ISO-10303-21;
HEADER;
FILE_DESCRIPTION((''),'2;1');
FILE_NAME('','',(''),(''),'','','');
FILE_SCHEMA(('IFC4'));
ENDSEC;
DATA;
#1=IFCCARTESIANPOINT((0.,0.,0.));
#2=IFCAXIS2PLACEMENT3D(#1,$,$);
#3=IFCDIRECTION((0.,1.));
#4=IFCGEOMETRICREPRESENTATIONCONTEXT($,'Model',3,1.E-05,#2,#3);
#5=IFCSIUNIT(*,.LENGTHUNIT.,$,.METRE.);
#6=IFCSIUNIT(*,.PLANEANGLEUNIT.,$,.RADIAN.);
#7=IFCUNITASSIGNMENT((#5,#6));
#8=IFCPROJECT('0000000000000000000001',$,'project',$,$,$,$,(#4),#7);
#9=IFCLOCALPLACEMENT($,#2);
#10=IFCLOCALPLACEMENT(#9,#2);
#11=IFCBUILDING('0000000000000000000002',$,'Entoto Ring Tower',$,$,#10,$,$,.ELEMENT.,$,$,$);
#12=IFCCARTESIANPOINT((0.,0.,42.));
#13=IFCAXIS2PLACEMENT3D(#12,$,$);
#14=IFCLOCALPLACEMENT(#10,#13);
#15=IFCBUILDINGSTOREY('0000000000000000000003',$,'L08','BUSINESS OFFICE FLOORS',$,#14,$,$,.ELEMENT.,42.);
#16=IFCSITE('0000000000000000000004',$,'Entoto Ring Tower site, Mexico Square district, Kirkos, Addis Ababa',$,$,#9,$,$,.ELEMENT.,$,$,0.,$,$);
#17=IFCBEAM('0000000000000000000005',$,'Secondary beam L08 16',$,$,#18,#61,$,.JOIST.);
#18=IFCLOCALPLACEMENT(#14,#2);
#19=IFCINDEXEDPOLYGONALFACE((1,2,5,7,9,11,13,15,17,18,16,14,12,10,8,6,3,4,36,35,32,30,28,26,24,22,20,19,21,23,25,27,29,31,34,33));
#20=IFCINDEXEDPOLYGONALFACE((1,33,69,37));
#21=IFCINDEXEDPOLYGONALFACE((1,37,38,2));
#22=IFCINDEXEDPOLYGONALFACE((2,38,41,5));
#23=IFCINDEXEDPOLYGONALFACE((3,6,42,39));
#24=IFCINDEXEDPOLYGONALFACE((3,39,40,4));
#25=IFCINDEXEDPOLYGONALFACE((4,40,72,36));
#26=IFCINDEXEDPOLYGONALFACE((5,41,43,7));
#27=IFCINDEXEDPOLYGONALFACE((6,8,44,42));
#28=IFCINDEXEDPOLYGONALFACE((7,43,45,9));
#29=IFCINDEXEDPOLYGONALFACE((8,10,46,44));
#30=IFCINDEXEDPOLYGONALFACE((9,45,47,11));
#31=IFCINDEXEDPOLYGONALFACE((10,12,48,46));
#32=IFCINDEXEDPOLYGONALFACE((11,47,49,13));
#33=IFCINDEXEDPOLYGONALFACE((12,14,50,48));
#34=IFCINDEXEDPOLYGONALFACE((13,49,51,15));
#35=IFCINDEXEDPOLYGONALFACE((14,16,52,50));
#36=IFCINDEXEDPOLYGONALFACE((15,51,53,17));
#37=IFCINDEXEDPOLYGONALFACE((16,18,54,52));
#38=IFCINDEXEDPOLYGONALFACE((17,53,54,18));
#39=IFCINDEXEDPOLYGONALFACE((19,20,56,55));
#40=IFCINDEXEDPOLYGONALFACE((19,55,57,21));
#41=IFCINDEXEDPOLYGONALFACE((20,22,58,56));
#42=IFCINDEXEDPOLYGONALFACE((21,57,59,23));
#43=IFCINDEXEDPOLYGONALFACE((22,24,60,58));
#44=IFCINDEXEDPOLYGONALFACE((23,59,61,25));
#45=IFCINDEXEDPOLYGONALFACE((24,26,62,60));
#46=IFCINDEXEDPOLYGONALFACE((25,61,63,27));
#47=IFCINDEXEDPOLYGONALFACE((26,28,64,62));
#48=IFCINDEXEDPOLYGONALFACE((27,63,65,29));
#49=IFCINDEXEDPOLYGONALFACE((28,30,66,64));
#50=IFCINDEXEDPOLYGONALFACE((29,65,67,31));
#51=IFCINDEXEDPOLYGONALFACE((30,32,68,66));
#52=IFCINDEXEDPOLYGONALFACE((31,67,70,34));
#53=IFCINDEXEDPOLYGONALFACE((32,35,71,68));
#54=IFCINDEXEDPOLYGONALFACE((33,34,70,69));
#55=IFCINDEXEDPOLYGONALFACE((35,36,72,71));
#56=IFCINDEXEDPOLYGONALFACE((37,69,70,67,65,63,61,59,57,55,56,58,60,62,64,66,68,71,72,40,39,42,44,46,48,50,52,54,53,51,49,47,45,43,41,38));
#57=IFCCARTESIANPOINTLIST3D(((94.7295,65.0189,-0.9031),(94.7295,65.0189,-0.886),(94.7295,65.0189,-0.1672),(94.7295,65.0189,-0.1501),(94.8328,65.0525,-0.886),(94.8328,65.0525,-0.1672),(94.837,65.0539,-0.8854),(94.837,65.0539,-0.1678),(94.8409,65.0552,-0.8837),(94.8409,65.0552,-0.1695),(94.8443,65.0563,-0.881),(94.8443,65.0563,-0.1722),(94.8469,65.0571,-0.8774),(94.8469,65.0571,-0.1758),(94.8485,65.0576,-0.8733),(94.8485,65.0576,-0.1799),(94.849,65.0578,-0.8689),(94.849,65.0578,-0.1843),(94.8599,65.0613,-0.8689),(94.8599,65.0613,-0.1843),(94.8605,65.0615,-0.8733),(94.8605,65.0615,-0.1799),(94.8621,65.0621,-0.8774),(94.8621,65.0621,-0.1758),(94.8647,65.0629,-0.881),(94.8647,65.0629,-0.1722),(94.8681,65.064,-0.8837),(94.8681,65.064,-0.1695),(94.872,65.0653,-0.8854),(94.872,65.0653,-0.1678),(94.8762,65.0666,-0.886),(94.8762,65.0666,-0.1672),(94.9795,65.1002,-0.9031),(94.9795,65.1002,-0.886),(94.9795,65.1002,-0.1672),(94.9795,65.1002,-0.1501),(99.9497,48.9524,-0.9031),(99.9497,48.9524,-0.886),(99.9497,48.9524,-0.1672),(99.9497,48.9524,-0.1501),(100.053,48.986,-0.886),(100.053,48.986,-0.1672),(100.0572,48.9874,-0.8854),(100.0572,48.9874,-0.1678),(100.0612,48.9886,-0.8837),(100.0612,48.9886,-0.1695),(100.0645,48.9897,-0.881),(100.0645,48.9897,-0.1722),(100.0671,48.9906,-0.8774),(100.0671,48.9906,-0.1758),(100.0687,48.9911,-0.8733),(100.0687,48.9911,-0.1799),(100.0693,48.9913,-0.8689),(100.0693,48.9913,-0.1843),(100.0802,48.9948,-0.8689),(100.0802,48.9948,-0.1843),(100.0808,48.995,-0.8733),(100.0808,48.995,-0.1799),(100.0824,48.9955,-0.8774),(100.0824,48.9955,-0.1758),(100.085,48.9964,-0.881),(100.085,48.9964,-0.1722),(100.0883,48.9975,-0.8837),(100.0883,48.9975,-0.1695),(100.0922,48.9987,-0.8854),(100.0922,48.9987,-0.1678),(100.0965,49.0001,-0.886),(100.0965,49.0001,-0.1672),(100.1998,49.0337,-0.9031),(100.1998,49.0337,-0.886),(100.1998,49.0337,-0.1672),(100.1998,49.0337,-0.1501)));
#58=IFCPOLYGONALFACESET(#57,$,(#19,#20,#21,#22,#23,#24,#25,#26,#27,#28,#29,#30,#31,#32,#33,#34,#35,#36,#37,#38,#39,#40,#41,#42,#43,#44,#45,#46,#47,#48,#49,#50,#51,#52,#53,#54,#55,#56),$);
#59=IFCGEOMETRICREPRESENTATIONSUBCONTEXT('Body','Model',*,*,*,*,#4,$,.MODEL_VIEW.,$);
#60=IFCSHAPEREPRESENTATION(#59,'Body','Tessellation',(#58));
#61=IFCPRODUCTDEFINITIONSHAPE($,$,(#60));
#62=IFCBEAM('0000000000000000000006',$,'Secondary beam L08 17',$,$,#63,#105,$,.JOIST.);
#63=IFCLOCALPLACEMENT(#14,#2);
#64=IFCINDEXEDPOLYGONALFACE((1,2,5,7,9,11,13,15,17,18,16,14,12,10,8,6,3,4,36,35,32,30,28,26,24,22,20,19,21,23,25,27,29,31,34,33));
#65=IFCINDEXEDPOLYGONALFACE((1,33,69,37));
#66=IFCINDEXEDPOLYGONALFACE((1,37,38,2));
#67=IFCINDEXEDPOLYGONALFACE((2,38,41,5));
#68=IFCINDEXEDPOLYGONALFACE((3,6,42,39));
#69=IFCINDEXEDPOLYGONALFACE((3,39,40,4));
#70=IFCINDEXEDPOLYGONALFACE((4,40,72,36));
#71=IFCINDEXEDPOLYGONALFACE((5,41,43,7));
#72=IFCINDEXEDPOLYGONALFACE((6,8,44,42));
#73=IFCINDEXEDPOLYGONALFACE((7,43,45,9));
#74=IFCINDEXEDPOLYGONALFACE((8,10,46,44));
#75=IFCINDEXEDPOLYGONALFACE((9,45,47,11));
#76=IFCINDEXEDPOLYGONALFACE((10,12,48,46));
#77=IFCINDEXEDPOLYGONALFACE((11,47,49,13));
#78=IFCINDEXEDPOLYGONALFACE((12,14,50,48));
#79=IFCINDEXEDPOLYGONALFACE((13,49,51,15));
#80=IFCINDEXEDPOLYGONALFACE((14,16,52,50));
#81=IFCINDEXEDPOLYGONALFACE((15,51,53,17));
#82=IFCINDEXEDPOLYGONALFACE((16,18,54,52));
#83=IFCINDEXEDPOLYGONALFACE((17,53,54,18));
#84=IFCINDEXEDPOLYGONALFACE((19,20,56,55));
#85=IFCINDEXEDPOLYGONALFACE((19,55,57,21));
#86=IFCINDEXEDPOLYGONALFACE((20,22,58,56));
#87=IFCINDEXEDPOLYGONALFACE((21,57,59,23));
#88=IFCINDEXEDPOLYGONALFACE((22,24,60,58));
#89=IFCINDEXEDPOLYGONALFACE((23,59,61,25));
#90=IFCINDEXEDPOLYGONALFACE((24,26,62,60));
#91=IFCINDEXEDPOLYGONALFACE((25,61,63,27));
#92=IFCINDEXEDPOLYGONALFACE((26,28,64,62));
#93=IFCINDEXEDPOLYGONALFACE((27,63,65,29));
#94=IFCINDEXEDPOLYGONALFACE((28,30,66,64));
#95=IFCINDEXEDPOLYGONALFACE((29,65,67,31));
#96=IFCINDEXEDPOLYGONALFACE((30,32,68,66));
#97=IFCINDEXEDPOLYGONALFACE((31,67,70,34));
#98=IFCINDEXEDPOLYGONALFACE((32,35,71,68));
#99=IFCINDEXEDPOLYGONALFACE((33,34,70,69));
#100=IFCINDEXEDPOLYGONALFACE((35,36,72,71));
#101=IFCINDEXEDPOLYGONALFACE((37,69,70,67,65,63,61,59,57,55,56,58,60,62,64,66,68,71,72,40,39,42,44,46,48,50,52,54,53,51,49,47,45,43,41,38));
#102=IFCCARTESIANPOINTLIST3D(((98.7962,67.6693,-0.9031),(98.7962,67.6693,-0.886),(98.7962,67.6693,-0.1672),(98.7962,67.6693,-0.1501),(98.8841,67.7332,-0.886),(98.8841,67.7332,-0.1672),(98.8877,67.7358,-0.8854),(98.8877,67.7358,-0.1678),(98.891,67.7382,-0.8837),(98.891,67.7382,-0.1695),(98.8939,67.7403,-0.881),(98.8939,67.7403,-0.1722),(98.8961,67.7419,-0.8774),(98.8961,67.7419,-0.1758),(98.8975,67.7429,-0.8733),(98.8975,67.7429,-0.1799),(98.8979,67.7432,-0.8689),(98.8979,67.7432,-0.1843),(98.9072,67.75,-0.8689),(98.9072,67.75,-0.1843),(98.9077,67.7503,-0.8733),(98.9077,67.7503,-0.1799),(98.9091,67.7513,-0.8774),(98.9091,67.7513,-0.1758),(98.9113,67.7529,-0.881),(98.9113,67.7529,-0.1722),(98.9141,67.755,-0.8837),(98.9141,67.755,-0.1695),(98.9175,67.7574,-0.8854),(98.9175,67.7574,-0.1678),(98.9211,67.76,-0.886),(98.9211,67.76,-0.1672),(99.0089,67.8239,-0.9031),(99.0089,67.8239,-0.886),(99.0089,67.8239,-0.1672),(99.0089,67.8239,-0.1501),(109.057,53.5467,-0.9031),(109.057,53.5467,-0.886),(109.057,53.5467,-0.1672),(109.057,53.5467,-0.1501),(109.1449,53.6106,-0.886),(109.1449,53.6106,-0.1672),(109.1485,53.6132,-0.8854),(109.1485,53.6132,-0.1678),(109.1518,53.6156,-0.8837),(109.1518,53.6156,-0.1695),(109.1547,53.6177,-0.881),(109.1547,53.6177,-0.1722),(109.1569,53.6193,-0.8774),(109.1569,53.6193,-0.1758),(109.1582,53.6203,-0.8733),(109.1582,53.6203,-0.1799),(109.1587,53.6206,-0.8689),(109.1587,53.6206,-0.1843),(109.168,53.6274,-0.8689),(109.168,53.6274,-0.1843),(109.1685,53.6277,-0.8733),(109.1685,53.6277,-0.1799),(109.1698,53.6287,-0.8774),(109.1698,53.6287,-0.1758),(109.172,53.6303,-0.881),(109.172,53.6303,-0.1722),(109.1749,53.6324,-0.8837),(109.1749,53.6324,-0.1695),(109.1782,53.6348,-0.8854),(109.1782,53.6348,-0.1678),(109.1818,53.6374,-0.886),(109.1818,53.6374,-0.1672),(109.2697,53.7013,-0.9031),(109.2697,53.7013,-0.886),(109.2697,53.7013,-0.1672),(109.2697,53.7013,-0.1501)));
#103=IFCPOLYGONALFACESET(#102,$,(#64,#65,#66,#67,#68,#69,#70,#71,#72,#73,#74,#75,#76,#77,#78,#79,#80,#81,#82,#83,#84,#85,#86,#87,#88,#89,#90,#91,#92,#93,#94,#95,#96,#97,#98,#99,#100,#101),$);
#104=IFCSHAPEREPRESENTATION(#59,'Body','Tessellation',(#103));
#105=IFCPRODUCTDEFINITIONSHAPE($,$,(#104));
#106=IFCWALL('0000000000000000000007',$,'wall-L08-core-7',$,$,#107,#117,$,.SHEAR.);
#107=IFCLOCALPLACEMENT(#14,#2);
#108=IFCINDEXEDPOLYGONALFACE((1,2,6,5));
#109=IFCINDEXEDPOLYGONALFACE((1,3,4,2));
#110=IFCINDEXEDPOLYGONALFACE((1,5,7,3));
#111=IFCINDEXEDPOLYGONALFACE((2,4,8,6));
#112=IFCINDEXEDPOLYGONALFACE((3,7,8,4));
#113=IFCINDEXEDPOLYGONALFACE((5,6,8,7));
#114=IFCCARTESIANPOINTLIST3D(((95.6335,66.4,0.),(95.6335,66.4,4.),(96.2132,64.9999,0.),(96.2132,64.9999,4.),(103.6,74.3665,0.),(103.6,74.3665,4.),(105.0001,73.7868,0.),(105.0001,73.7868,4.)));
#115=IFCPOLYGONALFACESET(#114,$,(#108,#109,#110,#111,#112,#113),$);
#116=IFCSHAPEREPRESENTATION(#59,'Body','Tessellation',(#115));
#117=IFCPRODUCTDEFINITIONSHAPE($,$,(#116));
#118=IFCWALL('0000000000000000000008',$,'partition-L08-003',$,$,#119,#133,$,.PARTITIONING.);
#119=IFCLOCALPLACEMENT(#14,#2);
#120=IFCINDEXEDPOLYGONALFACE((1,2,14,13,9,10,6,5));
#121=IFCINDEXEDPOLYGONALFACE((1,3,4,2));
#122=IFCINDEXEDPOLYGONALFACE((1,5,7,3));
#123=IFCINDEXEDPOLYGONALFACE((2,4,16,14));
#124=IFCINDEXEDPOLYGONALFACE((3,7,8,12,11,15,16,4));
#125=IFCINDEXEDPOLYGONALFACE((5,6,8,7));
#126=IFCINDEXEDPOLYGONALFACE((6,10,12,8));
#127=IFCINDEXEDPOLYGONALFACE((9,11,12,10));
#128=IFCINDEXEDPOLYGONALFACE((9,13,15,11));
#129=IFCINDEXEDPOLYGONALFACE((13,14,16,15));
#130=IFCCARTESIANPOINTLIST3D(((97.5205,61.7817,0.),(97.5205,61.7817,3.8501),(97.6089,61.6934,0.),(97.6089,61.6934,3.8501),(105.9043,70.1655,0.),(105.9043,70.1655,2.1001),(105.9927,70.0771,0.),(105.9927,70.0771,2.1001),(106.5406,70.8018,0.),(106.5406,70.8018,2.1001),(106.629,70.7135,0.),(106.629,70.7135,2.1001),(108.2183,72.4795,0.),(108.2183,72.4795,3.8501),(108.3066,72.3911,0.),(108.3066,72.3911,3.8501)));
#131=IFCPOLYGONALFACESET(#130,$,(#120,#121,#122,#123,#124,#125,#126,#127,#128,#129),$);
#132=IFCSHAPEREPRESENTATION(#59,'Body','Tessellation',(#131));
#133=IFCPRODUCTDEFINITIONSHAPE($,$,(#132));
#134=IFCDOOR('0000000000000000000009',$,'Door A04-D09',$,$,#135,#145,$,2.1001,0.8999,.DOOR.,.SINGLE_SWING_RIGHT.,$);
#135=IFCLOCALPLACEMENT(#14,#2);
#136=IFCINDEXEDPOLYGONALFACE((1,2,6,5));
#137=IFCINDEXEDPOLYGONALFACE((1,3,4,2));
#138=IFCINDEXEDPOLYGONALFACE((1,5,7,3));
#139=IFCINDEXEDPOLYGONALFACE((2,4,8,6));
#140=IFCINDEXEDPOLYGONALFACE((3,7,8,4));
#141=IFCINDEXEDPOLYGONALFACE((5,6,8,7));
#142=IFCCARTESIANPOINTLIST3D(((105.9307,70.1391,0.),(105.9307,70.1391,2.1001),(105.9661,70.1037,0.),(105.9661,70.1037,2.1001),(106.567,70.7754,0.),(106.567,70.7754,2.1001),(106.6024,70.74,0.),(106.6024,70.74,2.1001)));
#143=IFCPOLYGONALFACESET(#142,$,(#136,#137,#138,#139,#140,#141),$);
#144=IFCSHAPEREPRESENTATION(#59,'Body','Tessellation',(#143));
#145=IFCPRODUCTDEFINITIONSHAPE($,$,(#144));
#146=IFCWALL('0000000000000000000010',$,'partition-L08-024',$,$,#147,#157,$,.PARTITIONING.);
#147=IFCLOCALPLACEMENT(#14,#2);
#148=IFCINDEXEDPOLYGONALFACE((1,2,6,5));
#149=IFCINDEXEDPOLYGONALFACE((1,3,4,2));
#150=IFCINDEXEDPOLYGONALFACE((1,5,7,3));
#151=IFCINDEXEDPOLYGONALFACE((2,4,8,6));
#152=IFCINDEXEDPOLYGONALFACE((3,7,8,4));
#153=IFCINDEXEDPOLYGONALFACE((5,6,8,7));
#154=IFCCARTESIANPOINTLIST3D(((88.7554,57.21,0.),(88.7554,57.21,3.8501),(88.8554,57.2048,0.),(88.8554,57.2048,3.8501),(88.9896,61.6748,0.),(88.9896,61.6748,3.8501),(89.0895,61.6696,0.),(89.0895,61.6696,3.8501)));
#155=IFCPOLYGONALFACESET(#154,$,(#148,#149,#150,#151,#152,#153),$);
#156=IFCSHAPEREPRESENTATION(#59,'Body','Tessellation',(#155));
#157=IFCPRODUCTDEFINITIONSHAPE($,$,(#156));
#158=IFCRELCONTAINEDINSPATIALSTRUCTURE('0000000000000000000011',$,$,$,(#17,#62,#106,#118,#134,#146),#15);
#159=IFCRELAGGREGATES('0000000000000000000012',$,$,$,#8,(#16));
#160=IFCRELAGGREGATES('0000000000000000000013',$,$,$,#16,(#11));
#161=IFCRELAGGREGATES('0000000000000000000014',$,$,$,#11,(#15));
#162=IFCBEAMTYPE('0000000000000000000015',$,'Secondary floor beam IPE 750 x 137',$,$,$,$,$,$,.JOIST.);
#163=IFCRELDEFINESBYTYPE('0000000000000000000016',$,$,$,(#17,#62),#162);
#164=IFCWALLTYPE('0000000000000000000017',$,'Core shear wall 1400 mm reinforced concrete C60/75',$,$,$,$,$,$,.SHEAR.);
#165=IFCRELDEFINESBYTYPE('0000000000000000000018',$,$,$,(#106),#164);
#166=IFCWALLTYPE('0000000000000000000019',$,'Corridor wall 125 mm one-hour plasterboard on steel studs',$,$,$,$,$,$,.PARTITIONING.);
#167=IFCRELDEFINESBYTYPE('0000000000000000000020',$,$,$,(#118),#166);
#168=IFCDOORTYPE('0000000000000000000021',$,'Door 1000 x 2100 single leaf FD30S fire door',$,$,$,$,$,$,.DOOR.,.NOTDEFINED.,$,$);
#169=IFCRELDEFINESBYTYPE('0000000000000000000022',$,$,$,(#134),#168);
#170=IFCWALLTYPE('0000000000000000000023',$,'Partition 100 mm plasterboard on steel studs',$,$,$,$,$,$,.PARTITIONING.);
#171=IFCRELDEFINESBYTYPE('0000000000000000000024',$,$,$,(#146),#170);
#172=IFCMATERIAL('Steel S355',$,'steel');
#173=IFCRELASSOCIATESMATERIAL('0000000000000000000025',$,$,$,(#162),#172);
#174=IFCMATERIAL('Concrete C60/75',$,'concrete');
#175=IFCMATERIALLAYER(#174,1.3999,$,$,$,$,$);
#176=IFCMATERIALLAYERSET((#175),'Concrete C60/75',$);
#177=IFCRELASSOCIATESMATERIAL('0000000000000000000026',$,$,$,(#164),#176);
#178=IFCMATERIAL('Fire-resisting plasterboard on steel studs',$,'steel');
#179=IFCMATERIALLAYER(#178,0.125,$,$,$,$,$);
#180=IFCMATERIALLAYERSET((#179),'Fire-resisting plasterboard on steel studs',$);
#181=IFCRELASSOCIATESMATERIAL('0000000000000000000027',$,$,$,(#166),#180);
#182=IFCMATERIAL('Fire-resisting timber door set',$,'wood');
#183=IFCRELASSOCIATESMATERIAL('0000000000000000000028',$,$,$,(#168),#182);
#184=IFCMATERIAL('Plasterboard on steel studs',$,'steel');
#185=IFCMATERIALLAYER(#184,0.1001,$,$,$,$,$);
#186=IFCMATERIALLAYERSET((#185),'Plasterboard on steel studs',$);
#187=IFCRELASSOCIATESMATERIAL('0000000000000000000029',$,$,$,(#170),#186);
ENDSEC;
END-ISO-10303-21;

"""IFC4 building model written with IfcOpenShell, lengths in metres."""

from ifc_helpers import new_model, si_unit, direction, frame, frame_2d, origin, origin_2d, place, context, subcontext, project, spatial, polyline, rectangle, i_section, outline, extrude, material, layer, layer_set, material_profile, profile_set, type_object, element, fill, save


model = new_model("IFC4")

# Units and contexts
model_context = context("Model", 3, precision=1e-05, world=origin(), true_north=direction((0.0, 1.0)))
body_context = subcontext(model_context, "Body", "Model", "MODEL_VIEW")
ifc_project = project(units=[si_unit("LENGTHUNIT", "METRE"), si_unit("PLANEANGLEUNIT", "RADIAN")], contexts=[model_context])

# Site, building, storey
site_placement = place(None, origin())
site = spatial("IfcSite", under=ifc_project, at=site_placement, Name="Entoto Ring Tower site, Mexico Square district, Kirkos, Addis Ababa", CompositionType="ELEMENT", RefElevation=0.0)
building_placement = place(site_placement, origin())
building = spatial("IfcBuilding", under=site, at=building_placement, Name="Entoto Ring Tower", CompositionType="ELEMENT")
storey_placement = place(building_placement, frame((0.0, 0.0, 42.0)))
storey = spatial("IfcBuildingStorey", under=building, at=storey_placement, Name="L08", Description="BUSINESS OFFICE FLOORS", CompositionType="ELEMENT", Elevation=42.0)

# Beams
ifc_material_1 = material(Name="Steel S355", Category="steel")
ifc_material_profile_1 = material_profile(ifc_material_1, i_section(OverallWidth=0.2629, OverallDepth=0.7529, WebThickness=0.0115, FlangeThickness=0.0171, FilletRadius=0.0171, at=origin_2d()), Name="IPE 750 x 137")
ifc_profile_set_1 = profile_set([ifc_material_profile_1], Name="Steel S355")
beam_type_1 = type_object("IfcBeamType", Name="Secondary floor beam IPE 750 x 137", PredefinedType="JOIST", material=ifc_profile_set_1)
beam_1_placement = place(storey_placement, frame((94.8545, 65.0596, -0.5266), z_axis=(0.309013, -0.951058, 0.0), x_axis=(0.951058, 0.309013, 0.0)))
element("IfcBeam", 1, at=beam_1_placement, inside=storey, type_object=beam_type_1, Name="Secondary beam L08 16", PredefinedType="JOIST", context=body_context, shape_type="SweptSolid", body=[
    extrude(i_section(OverallWidth=0.2629, OverallDepth=0.7529, WebThickness=0.0115, FlangeThickness=0.0171, FilletRadius=0.0171, at=origin_2d()), origin(), (0.0, 0.0, 1.0), 16.8933),
])
beam_2_placement = place(storey_placement, frame((98.9026, 67.7466, -0.5266), z_axis=(0.587789, -0.809014, 0.0), x_axis=(0.809014, 0.587789, 0.0)))
element("IfcBeam", 2, at=beam_2_placement, inside=storey, type_object=beam_type_1, Name="Secondary beam L08 17", PredefinedType="JOIST", context=body_context, shape_type="SweptSolid", body=[
    extrude(i_section(OverallWidth=0.2629, OverallDepth=0.7529, WebThickness=0.0115, FlangeThickness=0.0171, FilletRadius=0.0171, at=origin_2d()), origin(), (0.0, 0.0, 1.0), 17.4565),
])

# Wall
ifc_material_2 = material(Name="Concrete C60/75", Category="concrete")
ifc_layer_1 = layer(ifc_material_2, 1.3999)
ifc_layer_set_1 = layer_set([ifc_layer_1], Name="Concrete C60/75")
wall_type_1 = type_object("IfcWallType", Name="Core shear wall 1400 mm reinforced concrete C60/75", PredefinedType="SHEAR", material=ifc_layer_set_1)
wall_1_placement = place(storey_placement, frame((95.9233, 65.7, 0.0), z_axis=(0.0, 0.0, 1.0), x_axis=(0.707107, 0.707107, 0.0)))
element("IfcWall", 3, at=wall_1_placement, inside=storey, type_object=wall_type_1, Name="wall-L08-core-7", PredefinedType="SHEAR", context=body_context, shape_type="SweptSolid", body=[
    extrude(outline(polyline([(-0.29, -0.7), (12.1365, -0.7), (11.5564, 0.7), (0.29, 0.7), (-0.29, -0.7)])), origin(), (0.0, 0.0, 1.0), 4.0),
])

# Wall, opening, door
ifc_material_3 = material(Name="Fire-resisting plasterboard on steel studs", Category="steel")
ifc_layer_2 = layer(ifc_material_3, 0.125)
ifc_layer_set_2 = layer_set([ifc_layer_2], Name="Fire-resisting plasterboard on steel studs")
wall_type_2 = type_object("IfcWallType", Name="Corridor wall 125 mm one-hour plasterboard on steel studs", PredefinedType="PARTITIONING", material=ifc_layer_set_2)
wall_2_placement = place(storey_placement, frame((97.5647, 61.7375, 0.0), z_axis=(0.0, 0.0, 1.0), x_axis=(0.707107, 0.707107, 0.0)))
wall_2 = element("IfcWall", 4, at=wall_2_placement, inside=storey, type_object=wall_type_2, Name="partition-L08-003", PredefinedType="PARTITIONING", context=body_context, shape_type="SweptSolid", body=[
    extrude(rectangle(XDim=15.1289, YDim=0.125, at=frame_2d((7.5645, 0.0))), origin(), (0.0, 0.0, 1.0), 3.8501),
])
opening_placement = place(wall_2_placement, frame((11.8564, 0.0, 0.0)))
opening = element("IfcOpeningElement", 5, at=opening_placement, cuts=wall_2, PredefinedType="OPENING", context=body_context, shape_type="SweptSolid", body=[
    extrude(rectangle(XDim=0.8999, YDim=2.1001, at=frame_2d((0.45, 1.05))), frame((0.0, 0.0725, 0.0), z_axis=(0.0, -1.0, 0.0), x_axis=(1.0, 0.0, 0.0)), (0.0, 0.0, 1.0), 0.145),
])
ifc_material_4 = material(Name="Fire-resisting timber door set", Category="wood")
door_type = type_object("IfcDoorType", Name="Door 1000 x 2100 single leaf FD30S fire door", OperationType="NOTDEFINED", PredefinedType="DOOR", material=ifc_material_4)
door_placement = place(opening_placement, frame((0.8999, 0.0, 0.0), z_axis=(0.0, 0.0, 1.0), x_axis=(-1.0, 0.0, 0.0)))
door = element("IfcDoor", 6, at=door_placement, inside=storey, type_object=door_type, Name="Door A04-D09", OperationType="SINGLE_SWING_RIGHT", OverallHeight=2.1001, OverallWidth=0.8999, PredefinedType="DOOR", context=body_context, shape_type="SweptSolid", body=[
    extrude(rectangle(XDim=0.8999, YDim=2.1001, at=frame_2d((0.45, 1.05))), frame((0.0, 0.0249, 0.0), z_axis=(0.0, -1.0, 0.0), x_axis=(1.0, 0.0, 0.0)), (0.0, 0.0, 1.0), 0.05),
])
fill(opening, door)

# Wall
ifc_material_5 = material(Name="Plasterboard on steel studs", Category="steel")
ifc_layer_3 = layer(ifc_material_5, 0.1001)
ifc_layer_set_3 = layer_set([ifc_layer_3], Name="Plasterboard on steel studs")
wall_type_3 = type_object("IfcWallType", Name="Partition 100 mm plasterboard on steel studs", PredefinedType="PARTITIONING", material=ifc_layer_set_3)
wall_3_placement = place(storey_placement, frame((88.8054, 57.2075, 0.0), z_axis=(0.0, 0.0, 1.0), x_axis=(0.052367, 0.998628, 0.0)))
element("IfcWall", 7, at=wall_3_placement, inside=storey, type_object=wall_type_3, Name="partition-L08-024", PredefinedType="PARTITIONING", context=body_context, shape_type="SweptSolid", body=[
    extrude(rectangle(XDim=4.4709, YDim=0.1001, at=frame_2d((2.2354, 0.0))), origin(), (0.0, 0.0, 1.0), 3.8501),
])

save(model, "model.ifc")
